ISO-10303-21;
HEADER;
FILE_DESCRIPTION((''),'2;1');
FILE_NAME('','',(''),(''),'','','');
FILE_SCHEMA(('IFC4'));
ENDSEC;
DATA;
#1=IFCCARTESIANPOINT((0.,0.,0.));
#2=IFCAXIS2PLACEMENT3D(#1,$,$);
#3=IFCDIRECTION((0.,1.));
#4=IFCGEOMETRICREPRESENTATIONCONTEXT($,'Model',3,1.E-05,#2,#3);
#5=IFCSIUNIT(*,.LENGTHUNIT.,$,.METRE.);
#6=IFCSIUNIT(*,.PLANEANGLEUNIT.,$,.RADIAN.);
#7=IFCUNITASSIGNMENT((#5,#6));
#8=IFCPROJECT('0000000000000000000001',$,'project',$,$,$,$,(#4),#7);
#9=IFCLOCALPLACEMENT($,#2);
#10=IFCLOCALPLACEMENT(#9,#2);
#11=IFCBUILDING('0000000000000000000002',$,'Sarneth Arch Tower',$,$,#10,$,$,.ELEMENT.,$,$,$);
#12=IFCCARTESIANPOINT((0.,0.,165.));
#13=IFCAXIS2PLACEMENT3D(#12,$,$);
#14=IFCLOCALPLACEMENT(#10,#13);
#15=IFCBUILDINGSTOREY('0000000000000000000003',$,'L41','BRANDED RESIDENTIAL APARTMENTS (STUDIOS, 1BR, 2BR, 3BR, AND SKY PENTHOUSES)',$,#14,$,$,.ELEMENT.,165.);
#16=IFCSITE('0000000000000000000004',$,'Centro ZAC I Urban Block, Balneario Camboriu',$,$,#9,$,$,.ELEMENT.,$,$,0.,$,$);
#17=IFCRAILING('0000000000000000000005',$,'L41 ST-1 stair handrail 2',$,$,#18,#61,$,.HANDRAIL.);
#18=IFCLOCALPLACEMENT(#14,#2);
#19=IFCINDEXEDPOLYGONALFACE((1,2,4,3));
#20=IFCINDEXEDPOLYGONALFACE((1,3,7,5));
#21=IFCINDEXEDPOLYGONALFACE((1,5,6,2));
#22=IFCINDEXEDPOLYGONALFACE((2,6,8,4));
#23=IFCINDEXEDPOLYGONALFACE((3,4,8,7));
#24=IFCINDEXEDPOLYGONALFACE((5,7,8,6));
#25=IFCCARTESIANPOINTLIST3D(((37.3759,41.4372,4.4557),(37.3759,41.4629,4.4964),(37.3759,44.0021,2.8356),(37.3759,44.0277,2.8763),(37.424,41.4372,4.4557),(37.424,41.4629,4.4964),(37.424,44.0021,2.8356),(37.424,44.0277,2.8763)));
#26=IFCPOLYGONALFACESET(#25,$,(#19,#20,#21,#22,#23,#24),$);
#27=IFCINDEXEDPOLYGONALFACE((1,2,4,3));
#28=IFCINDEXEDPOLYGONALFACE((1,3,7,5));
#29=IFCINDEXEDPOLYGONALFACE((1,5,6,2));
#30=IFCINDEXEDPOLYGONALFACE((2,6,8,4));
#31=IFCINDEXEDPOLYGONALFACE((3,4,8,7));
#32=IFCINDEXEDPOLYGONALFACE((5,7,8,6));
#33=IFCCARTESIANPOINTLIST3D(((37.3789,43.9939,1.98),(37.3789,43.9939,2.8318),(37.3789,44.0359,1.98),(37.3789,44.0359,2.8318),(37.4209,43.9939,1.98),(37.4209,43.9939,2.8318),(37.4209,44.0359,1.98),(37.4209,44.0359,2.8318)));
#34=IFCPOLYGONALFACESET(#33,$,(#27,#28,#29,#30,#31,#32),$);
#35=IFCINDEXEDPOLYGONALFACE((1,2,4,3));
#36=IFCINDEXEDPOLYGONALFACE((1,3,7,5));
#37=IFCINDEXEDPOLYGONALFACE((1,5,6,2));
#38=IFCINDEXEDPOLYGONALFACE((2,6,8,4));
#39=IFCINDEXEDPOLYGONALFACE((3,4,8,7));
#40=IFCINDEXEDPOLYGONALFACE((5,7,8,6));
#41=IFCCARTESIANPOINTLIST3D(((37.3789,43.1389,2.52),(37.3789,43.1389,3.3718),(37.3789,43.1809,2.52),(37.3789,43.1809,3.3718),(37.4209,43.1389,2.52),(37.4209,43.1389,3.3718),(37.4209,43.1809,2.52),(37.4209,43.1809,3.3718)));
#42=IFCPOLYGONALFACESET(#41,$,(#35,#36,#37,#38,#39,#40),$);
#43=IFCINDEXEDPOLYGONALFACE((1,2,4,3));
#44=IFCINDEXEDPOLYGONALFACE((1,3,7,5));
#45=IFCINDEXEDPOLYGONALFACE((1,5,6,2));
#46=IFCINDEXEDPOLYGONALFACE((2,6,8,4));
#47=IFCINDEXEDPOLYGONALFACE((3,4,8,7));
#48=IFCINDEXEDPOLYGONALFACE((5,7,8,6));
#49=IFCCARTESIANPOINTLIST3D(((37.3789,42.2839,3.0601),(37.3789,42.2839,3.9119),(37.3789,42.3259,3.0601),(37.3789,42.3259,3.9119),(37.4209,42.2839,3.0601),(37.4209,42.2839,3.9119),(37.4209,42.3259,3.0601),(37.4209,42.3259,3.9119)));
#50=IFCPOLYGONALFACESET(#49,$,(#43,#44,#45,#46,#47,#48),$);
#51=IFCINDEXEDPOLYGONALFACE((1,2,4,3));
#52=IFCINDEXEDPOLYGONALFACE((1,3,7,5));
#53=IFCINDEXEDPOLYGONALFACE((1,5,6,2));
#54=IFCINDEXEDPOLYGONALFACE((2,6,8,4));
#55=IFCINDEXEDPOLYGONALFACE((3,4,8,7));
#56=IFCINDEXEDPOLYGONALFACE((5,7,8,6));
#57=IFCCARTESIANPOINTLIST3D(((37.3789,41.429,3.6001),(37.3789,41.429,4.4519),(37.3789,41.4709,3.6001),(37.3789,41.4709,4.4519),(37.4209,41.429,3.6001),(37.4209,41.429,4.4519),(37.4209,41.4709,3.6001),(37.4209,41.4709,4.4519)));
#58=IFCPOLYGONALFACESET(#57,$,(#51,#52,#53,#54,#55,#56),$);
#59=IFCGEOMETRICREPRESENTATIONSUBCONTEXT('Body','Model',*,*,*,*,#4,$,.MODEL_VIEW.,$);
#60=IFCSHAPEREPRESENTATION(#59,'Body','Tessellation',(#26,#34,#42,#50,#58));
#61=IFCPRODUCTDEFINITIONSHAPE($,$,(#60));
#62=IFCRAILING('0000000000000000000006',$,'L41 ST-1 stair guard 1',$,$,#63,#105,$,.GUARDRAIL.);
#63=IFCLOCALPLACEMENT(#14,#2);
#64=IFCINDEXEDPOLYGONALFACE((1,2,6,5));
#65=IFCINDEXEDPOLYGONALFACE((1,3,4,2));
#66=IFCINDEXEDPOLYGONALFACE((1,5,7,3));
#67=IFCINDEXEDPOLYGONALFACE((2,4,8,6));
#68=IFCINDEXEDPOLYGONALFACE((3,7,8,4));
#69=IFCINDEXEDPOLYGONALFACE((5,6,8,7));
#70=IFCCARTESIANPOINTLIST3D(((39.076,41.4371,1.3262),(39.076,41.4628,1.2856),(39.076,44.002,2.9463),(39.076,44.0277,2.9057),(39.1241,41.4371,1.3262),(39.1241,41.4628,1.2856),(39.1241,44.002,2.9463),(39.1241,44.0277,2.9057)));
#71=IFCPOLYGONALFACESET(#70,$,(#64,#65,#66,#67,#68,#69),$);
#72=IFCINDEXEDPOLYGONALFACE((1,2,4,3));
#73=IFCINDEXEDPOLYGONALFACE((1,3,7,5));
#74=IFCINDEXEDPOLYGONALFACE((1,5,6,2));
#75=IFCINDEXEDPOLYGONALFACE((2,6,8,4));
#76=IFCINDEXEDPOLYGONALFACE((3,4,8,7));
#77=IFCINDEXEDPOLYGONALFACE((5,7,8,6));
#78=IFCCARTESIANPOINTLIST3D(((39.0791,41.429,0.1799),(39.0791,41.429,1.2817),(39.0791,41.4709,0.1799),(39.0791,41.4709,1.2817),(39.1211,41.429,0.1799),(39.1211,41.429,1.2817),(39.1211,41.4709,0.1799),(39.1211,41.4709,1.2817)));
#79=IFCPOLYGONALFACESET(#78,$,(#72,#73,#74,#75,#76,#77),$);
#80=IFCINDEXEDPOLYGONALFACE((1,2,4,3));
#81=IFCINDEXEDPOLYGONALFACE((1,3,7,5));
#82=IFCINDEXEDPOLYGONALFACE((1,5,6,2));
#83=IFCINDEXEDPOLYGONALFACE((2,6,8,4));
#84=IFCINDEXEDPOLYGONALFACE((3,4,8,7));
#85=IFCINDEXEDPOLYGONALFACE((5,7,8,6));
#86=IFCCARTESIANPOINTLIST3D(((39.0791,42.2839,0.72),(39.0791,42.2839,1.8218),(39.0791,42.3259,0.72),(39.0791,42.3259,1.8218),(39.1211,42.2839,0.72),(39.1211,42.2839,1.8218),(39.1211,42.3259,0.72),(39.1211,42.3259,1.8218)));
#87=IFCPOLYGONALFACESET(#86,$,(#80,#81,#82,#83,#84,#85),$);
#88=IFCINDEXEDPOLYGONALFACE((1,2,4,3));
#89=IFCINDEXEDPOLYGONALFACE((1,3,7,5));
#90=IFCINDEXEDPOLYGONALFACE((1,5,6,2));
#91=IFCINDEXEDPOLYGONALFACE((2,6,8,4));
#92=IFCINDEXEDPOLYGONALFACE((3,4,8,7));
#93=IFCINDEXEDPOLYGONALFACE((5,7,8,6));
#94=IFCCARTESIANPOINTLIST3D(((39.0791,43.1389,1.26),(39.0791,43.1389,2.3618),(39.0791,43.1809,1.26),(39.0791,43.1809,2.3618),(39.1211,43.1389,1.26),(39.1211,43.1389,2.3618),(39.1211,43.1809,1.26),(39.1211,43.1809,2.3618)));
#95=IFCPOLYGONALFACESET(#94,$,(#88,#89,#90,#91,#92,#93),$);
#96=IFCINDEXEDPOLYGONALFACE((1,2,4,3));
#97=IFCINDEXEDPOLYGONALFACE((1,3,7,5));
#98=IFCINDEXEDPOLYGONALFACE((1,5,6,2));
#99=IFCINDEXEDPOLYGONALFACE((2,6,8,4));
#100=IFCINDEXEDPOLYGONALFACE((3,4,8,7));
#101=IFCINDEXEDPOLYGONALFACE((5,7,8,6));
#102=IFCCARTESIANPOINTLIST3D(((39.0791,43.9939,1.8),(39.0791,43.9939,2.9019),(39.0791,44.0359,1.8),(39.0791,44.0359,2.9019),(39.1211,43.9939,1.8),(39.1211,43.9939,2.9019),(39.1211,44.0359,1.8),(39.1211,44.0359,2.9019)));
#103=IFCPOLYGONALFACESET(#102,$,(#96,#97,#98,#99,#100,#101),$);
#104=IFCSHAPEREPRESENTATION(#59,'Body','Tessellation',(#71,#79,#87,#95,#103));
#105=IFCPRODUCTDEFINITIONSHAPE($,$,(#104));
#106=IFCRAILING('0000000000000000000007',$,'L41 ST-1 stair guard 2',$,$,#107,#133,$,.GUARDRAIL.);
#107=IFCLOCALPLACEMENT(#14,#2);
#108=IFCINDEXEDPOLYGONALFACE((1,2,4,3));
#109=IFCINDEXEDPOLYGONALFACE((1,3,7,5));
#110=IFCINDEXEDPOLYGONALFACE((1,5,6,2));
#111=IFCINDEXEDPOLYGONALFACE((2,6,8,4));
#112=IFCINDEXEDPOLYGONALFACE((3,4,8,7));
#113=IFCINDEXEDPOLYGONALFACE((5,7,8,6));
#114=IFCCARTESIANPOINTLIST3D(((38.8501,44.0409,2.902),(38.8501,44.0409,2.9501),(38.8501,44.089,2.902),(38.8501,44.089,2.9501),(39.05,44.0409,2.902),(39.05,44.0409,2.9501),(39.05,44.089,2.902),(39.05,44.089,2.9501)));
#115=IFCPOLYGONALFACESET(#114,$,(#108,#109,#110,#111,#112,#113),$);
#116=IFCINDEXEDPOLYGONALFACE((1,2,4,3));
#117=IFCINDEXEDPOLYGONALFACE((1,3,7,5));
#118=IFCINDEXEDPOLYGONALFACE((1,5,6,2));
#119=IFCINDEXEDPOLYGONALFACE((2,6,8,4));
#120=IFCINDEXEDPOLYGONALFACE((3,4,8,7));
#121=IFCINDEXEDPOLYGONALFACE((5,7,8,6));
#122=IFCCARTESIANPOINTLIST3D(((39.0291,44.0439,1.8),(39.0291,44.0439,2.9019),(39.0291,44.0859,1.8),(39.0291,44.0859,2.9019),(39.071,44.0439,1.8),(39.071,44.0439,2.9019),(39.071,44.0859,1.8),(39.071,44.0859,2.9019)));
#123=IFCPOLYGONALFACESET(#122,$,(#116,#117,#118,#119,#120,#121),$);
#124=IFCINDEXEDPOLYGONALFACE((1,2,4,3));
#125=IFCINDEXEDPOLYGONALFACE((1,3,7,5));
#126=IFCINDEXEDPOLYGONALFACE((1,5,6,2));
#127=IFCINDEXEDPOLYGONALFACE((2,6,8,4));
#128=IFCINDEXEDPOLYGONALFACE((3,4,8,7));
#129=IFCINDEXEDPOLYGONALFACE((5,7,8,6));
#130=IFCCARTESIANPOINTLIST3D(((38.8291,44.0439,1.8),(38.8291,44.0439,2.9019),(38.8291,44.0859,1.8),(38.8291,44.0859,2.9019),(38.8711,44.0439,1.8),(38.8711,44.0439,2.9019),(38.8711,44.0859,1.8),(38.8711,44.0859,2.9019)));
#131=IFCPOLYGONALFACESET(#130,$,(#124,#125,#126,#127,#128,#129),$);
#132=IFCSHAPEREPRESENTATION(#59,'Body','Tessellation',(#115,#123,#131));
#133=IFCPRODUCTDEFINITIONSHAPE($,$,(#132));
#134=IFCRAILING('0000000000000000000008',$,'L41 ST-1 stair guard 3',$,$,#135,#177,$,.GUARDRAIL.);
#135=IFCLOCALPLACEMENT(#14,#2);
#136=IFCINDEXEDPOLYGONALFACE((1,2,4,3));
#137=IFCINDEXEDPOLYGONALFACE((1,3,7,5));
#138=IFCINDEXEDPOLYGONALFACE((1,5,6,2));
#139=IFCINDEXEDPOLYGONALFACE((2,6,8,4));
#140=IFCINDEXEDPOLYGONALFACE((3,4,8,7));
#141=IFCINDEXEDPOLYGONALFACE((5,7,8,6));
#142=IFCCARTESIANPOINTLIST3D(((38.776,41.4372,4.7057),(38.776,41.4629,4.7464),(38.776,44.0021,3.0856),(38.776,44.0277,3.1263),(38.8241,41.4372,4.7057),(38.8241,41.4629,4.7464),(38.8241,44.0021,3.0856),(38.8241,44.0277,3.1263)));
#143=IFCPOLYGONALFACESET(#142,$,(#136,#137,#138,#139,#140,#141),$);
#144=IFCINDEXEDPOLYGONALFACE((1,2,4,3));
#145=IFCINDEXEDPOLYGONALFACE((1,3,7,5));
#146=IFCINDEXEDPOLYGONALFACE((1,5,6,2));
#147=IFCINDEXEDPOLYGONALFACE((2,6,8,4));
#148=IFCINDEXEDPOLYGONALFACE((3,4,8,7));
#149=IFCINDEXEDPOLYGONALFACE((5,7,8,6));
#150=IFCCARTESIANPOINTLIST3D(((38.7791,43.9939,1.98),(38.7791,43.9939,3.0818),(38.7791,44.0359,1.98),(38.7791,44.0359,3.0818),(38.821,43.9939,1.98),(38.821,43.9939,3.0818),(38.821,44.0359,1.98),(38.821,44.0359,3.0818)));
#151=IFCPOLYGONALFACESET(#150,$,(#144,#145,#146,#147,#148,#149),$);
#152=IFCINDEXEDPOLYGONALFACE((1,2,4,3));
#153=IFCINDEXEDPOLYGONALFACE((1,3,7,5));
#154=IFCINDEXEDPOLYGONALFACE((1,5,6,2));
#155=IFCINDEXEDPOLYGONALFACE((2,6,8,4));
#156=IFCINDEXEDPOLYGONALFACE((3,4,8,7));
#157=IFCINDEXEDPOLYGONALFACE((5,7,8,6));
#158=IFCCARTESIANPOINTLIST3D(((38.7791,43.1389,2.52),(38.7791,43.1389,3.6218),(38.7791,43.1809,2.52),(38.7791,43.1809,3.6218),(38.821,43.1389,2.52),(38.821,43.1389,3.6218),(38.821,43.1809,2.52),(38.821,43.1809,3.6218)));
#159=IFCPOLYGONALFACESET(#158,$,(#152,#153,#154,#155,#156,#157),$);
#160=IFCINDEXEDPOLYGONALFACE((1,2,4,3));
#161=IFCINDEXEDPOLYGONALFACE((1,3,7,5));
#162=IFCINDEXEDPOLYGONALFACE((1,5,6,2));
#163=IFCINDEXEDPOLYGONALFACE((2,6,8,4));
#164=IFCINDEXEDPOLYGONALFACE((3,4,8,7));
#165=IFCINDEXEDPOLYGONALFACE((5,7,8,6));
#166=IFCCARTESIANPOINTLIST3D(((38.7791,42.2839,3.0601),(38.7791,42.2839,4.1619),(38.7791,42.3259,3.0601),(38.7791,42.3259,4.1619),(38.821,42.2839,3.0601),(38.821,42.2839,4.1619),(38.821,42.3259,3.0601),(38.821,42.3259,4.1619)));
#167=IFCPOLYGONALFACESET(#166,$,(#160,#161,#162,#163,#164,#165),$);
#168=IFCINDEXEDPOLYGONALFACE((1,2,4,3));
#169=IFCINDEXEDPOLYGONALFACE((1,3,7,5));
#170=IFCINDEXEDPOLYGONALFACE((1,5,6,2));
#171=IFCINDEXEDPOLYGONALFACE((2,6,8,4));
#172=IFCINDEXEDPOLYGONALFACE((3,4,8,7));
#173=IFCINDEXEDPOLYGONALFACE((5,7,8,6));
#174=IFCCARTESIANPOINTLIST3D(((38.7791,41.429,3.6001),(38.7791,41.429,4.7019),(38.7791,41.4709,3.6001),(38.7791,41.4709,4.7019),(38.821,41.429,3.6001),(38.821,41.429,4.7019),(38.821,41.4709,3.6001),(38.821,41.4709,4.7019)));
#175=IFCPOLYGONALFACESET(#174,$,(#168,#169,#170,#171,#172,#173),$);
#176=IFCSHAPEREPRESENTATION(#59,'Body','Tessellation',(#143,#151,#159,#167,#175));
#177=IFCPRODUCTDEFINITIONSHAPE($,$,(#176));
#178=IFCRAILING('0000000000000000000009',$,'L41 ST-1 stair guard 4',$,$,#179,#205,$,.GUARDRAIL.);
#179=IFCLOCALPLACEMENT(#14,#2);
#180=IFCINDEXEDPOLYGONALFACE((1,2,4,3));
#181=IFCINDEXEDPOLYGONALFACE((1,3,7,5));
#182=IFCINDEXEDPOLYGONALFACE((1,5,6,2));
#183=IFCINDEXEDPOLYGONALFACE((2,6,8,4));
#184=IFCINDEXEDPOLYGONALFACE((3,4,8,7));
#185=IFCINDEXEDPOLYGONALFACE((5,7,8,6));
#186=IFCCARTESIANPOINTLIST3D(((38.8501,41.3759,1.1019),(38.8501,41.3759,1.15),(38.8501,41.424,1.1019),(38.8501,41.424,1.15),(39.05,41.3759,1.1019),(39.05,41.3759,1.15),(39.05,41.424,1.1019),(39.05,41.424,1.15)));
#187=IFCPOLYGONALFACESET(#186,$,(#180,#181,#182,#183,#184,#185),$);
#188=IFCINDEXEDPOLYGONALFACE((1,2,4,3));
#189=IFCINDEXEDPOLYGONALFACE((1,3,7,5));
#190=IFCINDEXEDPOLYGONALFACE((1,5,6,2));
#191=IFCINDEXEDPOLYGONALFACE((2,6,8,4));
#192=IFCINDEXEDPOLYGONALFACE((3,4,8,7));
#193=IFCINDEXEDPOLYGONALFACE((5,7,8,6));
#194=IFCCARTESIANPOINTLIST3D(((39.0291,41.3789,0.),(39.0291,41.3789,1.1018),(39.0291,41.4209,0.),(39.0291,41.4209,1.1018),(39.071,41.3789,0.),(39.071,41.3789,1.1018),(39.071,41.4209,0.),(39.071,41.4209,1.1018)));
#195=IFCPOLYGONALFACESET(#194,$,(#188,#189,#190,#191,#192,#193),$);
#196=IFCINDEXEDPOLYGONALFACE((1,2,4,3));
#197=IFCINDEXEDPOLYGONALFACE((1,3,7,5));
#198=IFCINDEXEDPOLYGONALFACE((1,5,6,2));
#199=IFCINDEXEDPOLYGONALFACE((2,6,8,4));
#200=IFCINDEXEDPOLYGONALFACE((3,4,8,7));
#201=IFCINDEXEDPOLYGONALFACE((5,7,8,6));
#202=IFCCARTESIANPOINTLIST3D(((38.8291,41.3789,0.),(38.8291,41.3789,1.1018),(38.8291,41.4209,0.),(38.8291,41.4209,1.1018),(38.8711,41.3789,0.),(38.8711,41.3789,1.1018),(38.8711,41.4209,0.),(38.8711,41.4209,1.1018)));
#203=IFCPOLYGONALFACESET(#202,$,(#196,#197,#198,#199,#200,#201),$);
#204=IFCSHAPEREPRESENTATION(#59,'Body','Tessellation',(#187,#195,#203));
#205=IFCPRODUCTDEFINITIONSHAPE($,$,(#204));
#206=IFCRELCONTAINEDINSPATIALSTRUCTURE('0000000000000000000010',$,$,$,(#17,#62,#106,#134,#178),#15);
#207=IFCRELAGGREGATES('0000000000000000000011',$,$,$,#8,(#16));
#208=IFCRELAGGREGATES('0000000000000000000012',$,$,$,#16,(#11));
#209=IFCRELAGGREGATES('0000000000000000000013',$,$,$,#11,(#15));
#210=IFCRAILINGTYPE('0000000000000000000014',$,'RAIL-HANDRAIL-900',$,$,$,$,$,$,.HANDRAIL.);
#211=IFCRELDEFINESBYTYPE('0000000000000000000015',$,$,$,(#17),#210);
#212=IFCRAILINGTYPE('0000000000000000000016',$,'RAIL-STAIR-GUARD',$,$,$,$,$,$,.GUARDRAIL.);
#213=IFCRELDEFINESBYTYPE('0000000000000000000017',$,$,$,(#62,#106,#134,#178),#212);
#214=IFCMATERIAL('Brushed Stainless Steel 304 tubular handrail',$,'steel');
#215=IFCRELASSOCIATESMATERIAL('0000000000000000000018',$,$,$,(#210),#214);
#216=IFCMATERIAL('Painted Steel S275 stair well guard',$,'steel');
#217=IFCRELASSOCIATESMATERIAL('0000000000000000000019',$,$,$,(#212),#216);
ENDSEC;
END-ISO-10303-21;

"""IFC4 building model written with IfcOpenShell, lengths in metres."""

from ifc_helpers import new_model, si_unit, direction, frame, origin, origin_2d, place, context, subcontext, project, spatial, rectangle, extrude, material, type_object, element, save


model = new_model("IFC4")

# Units and contexts
model_context = context("Model", 3, precision=1e-05, world=origin(), true_north=direction((0.0, 1.0)))
body_context = subcontext(model_context, "Body", "Model", "MODEL_VIEW")
ifc_project = project(units=[si_unit("LENGTHUNIT", "METRE"), si_unit("PLANEANGLEUNIT", "RADIAN")], contexts=[model_context])

# Site, building, storey
site_placement = place(None, origin())
site = spatial("IfcSite", under=ifc_project, at=site_placement, Name="Centro ZAC I Urban Block, Balneario Camboriu", CompositionType="ELEMENT", RefElevation=0.0)
building_placement = place(site_placement, origin())
building = spatial("IfcBuilding", under=site, at=building_placement, Name="Sarneth Arch Tower", CompositionType="ELEMENT")
storey_placement = place(building_placement, frame((0.0, 0.0, 165.0)))
storey = spatial("IfcBuildingStorey", under=building, at=storey_placement, Name="L41", Description="BRANDED RESIDENTIAL APARTMENTS (STUDIOS, 1BR, 2BR, 3BR, AND SKY PENTHOUSES)", CompositionType="ELEMENT", Elevation=165.0)

# Railings
ifc_material_1 = material(Name="Brushed Stainless Steel 304 tubular handrail", Category="steel")
railing_type_1 = type_object("IfcRailingType", Name="RAIL-HANDRAIL-900", PredefinedType="HANDRAIL", material=ifc_material_1)
railing_1_placement = place(storey_placement, frame((37.3999, 44.0149, 1.98)))
element("IfcRailing", 1, at=railing_1_placement, inside=storey, type_object=railing_type_1, Name="L41 ST-1 stair handrail 2", PredefinedType="HANDRAIL", context=body_context, shape_type="SweptSolid", body=[
    extrude(rectangle(XDim=0.0481, YDim=0.0481, at=origin_2d()), frame((0.0, 0.0, 0.876), z_axis=(0.0, -0.845466, 0.534029), x_axis=(1.0, 0.0, 0.0)), (0.0, 0.0, 1.0), 3.0337),
    extrude(rectangle(XDim=0.042, YDim=0.042, at=origin_2d()), origin(), (0.0, 0.0, 1.0), 0.8518),
    extrude(rectangle(XDim=0.042, YDim=0.042, at=origin_2d()), frame((0.0, -0.855, 0.54)), (0.0, 0.0, 1.0), 0.8518),
    extrude(rectangle(XDim=0.042, YDim=0.042, at=origin_2d()), frame((0.0, -1.71, 1.0801)), (0.0, 0.0, 1.0), 0.8518),
    extrude(rectangle(XDim=0.042, YDim=0.042, at=origin_2d()), frame((0.0, -2.5649, 1.6201)), (0.0, 0.0, 1.0), 0.8518),
])
ifc_material_2 = material(Name="Painted Steel S275 stair well guard", Category="steel")
railing_type_2 = type_object("IfcRailingType", Name="RAIL-STAIR-GUARD", PredefinedType="GUARDRAIL", material=ifc_material_2)
railing_2_placement = place(storey_placement, frame((39.1001, 41.45, 0.1799)))
element("IfcRailing", 2, at=railing_2_placement, inside=storey, type_object=railing_type_2, Name="L41 ST-1 stair guard 1", PredefinedType="GUARDRAIL", context=body_context, shape_type="SweptSolid", body=[
    extrude(rectangle(XDim=0.0481, YDim=0.0481, at=origin_2d()), frame((0.0, 0.0, 1.126), z_axis=(0.0, 0.845466, 0.534029), x_axis=(-1.0, 0.0, 0.0)), (0.0, 0.0, 1.0), 3.0337),
    extrude(rectangle(XDim=0.042, YDim=0.042, at=origin_2d()), origin(), (0.0, 0.0, 1.0), 1.1018),
    extrude(rectangle(XDim=0.042, YDim=0.042, at=origin_2d()), frame((0.0, 0.855, 0.54)), (0.0, 0.0, 1.0), 1.1018),
    extrude(rectangle(XDim=0.042, YDim=0.042, at=origin_2d()), frame((0.0, 1.71, 1.0801)), (0.0, 0.0, 1.0), 1.1018),
    extrude(rectangle(XDim=0.042, YDim=0.042, at=origin_2d()), frame((0.0, 2.5649, 1.6201)), (0.0, 0.0, 1.0), 1.1018),
])
railing_3_placement = place(storey_placement, frame((39.05, 44.0649, 1.8)))
element("IfcRailing", 3, at=railing_3_placement, inside=storey, type_object=railing_type_2, Name="L41 ST-1 stair guard 2", PredefinedType="GUARDRAIL", context=body_context, shape_type="SweptSolid", body=[
    extrude(rectangle(XDim=0.0481, YDim=0.0481, at=origin_2d()), frame((0.0, 0.0, 1.126), z_axis=(-1.0, 0.0, 0.0), x_axis=(0.0, -1.0, 0.0)), (0.0, 0.0, 1.0), 0.2),
    extrude(rectangle(XDim=0.042, YDim=0.042, at=origin_2d()), origin(), (0.0, 0.0, 1.0), 1.1018),
    extrude(rectangle(XDim=0.042, YDim=0.042, at=origin_2d()), frame((-0.2, 0.0, 0.0)), (0.0, 0.0, 1.0), 1.1018),
])
railing_4_placement = place(storey_placement, frame((38.8, 44.0149, 1.98)))
element("IfcRailing", 4, at=railing_4_placement, inside=storey, type_object=railing_type_2, Name="L41 ST-1 stair guard 3", PredefinedType="GUARDRAIL", context=body_context, shape_type="SweptSolid", body=[
    extrude(rectangle(XDim=0.0481, YDim=0.0481, at=origin_2d()), frame((0.0, 0.0, 1.126), z_axis=(0.0, -0.845466, 0.534029), x_axis=(1.0, 0.0, 0.0)), (0.0, 0.0, 1.0), 3.0337),
    extrude(rectangle(XDim=0.042, YDim=0.042, at=origin_2d()), origin(), (0.0, 0.0, 1.0), 1.1018),
    extrude(rectangle(XDim=0.042, YDim=0.042, at=origin_2d()), frame((0.0, -0.855, 0.54)), (0.0, 0.0, 1.0), 1.1018),
    extrude(rectangle(XDim=0.042, YDim=0.042, at=origin_2d()), frame((0.0, -1.71, 1.0801)), (0.0, 0.0, 1.0), 1.1018),
    extrude(rectangle(XDim=0.042, YDim=0.042, at=origin_2d()), frame((0.0, -2.5649, 1.6201)), (0.0, 0.0, 1.0), 1.1018),
])
railing_5_placement = place(storey_placement, frame((39.05, 41.3999, 0.0)))
element("IfcRailing", 5, at=railing_5_placement, inside=storey, type_object=railing_type_2, Name="L41 ST-1 stair guard 4", PredefinedType="GUARDRAIL", context=body_context, shape_type="SweptSolid", body=[
    extrude(rectangle(XDim=0.0481, YDim=0.0481, at=origin_2d()), frame((0.0, 0.0, 1.126), z_axis=(-1.0, 0.0, 0.0), x_axis=(0.0, -1.0, 0.0)), (0.0, 0.0, 1.0), 0.2),
    extrude(rectangle(XDim=0.042, YDim=0.042, at=origin_2d()), origin(), (0.0, 0.0, 1.0), 1.1018),
    extrude(rectangle(XDim=0.042, YDim=0.042, at=origin_2d()), frame((-0.2, 0.0, 0.0)), (0.0, 0.0, 1.0), 1.1018),
])

save(model, "model.ifc")
